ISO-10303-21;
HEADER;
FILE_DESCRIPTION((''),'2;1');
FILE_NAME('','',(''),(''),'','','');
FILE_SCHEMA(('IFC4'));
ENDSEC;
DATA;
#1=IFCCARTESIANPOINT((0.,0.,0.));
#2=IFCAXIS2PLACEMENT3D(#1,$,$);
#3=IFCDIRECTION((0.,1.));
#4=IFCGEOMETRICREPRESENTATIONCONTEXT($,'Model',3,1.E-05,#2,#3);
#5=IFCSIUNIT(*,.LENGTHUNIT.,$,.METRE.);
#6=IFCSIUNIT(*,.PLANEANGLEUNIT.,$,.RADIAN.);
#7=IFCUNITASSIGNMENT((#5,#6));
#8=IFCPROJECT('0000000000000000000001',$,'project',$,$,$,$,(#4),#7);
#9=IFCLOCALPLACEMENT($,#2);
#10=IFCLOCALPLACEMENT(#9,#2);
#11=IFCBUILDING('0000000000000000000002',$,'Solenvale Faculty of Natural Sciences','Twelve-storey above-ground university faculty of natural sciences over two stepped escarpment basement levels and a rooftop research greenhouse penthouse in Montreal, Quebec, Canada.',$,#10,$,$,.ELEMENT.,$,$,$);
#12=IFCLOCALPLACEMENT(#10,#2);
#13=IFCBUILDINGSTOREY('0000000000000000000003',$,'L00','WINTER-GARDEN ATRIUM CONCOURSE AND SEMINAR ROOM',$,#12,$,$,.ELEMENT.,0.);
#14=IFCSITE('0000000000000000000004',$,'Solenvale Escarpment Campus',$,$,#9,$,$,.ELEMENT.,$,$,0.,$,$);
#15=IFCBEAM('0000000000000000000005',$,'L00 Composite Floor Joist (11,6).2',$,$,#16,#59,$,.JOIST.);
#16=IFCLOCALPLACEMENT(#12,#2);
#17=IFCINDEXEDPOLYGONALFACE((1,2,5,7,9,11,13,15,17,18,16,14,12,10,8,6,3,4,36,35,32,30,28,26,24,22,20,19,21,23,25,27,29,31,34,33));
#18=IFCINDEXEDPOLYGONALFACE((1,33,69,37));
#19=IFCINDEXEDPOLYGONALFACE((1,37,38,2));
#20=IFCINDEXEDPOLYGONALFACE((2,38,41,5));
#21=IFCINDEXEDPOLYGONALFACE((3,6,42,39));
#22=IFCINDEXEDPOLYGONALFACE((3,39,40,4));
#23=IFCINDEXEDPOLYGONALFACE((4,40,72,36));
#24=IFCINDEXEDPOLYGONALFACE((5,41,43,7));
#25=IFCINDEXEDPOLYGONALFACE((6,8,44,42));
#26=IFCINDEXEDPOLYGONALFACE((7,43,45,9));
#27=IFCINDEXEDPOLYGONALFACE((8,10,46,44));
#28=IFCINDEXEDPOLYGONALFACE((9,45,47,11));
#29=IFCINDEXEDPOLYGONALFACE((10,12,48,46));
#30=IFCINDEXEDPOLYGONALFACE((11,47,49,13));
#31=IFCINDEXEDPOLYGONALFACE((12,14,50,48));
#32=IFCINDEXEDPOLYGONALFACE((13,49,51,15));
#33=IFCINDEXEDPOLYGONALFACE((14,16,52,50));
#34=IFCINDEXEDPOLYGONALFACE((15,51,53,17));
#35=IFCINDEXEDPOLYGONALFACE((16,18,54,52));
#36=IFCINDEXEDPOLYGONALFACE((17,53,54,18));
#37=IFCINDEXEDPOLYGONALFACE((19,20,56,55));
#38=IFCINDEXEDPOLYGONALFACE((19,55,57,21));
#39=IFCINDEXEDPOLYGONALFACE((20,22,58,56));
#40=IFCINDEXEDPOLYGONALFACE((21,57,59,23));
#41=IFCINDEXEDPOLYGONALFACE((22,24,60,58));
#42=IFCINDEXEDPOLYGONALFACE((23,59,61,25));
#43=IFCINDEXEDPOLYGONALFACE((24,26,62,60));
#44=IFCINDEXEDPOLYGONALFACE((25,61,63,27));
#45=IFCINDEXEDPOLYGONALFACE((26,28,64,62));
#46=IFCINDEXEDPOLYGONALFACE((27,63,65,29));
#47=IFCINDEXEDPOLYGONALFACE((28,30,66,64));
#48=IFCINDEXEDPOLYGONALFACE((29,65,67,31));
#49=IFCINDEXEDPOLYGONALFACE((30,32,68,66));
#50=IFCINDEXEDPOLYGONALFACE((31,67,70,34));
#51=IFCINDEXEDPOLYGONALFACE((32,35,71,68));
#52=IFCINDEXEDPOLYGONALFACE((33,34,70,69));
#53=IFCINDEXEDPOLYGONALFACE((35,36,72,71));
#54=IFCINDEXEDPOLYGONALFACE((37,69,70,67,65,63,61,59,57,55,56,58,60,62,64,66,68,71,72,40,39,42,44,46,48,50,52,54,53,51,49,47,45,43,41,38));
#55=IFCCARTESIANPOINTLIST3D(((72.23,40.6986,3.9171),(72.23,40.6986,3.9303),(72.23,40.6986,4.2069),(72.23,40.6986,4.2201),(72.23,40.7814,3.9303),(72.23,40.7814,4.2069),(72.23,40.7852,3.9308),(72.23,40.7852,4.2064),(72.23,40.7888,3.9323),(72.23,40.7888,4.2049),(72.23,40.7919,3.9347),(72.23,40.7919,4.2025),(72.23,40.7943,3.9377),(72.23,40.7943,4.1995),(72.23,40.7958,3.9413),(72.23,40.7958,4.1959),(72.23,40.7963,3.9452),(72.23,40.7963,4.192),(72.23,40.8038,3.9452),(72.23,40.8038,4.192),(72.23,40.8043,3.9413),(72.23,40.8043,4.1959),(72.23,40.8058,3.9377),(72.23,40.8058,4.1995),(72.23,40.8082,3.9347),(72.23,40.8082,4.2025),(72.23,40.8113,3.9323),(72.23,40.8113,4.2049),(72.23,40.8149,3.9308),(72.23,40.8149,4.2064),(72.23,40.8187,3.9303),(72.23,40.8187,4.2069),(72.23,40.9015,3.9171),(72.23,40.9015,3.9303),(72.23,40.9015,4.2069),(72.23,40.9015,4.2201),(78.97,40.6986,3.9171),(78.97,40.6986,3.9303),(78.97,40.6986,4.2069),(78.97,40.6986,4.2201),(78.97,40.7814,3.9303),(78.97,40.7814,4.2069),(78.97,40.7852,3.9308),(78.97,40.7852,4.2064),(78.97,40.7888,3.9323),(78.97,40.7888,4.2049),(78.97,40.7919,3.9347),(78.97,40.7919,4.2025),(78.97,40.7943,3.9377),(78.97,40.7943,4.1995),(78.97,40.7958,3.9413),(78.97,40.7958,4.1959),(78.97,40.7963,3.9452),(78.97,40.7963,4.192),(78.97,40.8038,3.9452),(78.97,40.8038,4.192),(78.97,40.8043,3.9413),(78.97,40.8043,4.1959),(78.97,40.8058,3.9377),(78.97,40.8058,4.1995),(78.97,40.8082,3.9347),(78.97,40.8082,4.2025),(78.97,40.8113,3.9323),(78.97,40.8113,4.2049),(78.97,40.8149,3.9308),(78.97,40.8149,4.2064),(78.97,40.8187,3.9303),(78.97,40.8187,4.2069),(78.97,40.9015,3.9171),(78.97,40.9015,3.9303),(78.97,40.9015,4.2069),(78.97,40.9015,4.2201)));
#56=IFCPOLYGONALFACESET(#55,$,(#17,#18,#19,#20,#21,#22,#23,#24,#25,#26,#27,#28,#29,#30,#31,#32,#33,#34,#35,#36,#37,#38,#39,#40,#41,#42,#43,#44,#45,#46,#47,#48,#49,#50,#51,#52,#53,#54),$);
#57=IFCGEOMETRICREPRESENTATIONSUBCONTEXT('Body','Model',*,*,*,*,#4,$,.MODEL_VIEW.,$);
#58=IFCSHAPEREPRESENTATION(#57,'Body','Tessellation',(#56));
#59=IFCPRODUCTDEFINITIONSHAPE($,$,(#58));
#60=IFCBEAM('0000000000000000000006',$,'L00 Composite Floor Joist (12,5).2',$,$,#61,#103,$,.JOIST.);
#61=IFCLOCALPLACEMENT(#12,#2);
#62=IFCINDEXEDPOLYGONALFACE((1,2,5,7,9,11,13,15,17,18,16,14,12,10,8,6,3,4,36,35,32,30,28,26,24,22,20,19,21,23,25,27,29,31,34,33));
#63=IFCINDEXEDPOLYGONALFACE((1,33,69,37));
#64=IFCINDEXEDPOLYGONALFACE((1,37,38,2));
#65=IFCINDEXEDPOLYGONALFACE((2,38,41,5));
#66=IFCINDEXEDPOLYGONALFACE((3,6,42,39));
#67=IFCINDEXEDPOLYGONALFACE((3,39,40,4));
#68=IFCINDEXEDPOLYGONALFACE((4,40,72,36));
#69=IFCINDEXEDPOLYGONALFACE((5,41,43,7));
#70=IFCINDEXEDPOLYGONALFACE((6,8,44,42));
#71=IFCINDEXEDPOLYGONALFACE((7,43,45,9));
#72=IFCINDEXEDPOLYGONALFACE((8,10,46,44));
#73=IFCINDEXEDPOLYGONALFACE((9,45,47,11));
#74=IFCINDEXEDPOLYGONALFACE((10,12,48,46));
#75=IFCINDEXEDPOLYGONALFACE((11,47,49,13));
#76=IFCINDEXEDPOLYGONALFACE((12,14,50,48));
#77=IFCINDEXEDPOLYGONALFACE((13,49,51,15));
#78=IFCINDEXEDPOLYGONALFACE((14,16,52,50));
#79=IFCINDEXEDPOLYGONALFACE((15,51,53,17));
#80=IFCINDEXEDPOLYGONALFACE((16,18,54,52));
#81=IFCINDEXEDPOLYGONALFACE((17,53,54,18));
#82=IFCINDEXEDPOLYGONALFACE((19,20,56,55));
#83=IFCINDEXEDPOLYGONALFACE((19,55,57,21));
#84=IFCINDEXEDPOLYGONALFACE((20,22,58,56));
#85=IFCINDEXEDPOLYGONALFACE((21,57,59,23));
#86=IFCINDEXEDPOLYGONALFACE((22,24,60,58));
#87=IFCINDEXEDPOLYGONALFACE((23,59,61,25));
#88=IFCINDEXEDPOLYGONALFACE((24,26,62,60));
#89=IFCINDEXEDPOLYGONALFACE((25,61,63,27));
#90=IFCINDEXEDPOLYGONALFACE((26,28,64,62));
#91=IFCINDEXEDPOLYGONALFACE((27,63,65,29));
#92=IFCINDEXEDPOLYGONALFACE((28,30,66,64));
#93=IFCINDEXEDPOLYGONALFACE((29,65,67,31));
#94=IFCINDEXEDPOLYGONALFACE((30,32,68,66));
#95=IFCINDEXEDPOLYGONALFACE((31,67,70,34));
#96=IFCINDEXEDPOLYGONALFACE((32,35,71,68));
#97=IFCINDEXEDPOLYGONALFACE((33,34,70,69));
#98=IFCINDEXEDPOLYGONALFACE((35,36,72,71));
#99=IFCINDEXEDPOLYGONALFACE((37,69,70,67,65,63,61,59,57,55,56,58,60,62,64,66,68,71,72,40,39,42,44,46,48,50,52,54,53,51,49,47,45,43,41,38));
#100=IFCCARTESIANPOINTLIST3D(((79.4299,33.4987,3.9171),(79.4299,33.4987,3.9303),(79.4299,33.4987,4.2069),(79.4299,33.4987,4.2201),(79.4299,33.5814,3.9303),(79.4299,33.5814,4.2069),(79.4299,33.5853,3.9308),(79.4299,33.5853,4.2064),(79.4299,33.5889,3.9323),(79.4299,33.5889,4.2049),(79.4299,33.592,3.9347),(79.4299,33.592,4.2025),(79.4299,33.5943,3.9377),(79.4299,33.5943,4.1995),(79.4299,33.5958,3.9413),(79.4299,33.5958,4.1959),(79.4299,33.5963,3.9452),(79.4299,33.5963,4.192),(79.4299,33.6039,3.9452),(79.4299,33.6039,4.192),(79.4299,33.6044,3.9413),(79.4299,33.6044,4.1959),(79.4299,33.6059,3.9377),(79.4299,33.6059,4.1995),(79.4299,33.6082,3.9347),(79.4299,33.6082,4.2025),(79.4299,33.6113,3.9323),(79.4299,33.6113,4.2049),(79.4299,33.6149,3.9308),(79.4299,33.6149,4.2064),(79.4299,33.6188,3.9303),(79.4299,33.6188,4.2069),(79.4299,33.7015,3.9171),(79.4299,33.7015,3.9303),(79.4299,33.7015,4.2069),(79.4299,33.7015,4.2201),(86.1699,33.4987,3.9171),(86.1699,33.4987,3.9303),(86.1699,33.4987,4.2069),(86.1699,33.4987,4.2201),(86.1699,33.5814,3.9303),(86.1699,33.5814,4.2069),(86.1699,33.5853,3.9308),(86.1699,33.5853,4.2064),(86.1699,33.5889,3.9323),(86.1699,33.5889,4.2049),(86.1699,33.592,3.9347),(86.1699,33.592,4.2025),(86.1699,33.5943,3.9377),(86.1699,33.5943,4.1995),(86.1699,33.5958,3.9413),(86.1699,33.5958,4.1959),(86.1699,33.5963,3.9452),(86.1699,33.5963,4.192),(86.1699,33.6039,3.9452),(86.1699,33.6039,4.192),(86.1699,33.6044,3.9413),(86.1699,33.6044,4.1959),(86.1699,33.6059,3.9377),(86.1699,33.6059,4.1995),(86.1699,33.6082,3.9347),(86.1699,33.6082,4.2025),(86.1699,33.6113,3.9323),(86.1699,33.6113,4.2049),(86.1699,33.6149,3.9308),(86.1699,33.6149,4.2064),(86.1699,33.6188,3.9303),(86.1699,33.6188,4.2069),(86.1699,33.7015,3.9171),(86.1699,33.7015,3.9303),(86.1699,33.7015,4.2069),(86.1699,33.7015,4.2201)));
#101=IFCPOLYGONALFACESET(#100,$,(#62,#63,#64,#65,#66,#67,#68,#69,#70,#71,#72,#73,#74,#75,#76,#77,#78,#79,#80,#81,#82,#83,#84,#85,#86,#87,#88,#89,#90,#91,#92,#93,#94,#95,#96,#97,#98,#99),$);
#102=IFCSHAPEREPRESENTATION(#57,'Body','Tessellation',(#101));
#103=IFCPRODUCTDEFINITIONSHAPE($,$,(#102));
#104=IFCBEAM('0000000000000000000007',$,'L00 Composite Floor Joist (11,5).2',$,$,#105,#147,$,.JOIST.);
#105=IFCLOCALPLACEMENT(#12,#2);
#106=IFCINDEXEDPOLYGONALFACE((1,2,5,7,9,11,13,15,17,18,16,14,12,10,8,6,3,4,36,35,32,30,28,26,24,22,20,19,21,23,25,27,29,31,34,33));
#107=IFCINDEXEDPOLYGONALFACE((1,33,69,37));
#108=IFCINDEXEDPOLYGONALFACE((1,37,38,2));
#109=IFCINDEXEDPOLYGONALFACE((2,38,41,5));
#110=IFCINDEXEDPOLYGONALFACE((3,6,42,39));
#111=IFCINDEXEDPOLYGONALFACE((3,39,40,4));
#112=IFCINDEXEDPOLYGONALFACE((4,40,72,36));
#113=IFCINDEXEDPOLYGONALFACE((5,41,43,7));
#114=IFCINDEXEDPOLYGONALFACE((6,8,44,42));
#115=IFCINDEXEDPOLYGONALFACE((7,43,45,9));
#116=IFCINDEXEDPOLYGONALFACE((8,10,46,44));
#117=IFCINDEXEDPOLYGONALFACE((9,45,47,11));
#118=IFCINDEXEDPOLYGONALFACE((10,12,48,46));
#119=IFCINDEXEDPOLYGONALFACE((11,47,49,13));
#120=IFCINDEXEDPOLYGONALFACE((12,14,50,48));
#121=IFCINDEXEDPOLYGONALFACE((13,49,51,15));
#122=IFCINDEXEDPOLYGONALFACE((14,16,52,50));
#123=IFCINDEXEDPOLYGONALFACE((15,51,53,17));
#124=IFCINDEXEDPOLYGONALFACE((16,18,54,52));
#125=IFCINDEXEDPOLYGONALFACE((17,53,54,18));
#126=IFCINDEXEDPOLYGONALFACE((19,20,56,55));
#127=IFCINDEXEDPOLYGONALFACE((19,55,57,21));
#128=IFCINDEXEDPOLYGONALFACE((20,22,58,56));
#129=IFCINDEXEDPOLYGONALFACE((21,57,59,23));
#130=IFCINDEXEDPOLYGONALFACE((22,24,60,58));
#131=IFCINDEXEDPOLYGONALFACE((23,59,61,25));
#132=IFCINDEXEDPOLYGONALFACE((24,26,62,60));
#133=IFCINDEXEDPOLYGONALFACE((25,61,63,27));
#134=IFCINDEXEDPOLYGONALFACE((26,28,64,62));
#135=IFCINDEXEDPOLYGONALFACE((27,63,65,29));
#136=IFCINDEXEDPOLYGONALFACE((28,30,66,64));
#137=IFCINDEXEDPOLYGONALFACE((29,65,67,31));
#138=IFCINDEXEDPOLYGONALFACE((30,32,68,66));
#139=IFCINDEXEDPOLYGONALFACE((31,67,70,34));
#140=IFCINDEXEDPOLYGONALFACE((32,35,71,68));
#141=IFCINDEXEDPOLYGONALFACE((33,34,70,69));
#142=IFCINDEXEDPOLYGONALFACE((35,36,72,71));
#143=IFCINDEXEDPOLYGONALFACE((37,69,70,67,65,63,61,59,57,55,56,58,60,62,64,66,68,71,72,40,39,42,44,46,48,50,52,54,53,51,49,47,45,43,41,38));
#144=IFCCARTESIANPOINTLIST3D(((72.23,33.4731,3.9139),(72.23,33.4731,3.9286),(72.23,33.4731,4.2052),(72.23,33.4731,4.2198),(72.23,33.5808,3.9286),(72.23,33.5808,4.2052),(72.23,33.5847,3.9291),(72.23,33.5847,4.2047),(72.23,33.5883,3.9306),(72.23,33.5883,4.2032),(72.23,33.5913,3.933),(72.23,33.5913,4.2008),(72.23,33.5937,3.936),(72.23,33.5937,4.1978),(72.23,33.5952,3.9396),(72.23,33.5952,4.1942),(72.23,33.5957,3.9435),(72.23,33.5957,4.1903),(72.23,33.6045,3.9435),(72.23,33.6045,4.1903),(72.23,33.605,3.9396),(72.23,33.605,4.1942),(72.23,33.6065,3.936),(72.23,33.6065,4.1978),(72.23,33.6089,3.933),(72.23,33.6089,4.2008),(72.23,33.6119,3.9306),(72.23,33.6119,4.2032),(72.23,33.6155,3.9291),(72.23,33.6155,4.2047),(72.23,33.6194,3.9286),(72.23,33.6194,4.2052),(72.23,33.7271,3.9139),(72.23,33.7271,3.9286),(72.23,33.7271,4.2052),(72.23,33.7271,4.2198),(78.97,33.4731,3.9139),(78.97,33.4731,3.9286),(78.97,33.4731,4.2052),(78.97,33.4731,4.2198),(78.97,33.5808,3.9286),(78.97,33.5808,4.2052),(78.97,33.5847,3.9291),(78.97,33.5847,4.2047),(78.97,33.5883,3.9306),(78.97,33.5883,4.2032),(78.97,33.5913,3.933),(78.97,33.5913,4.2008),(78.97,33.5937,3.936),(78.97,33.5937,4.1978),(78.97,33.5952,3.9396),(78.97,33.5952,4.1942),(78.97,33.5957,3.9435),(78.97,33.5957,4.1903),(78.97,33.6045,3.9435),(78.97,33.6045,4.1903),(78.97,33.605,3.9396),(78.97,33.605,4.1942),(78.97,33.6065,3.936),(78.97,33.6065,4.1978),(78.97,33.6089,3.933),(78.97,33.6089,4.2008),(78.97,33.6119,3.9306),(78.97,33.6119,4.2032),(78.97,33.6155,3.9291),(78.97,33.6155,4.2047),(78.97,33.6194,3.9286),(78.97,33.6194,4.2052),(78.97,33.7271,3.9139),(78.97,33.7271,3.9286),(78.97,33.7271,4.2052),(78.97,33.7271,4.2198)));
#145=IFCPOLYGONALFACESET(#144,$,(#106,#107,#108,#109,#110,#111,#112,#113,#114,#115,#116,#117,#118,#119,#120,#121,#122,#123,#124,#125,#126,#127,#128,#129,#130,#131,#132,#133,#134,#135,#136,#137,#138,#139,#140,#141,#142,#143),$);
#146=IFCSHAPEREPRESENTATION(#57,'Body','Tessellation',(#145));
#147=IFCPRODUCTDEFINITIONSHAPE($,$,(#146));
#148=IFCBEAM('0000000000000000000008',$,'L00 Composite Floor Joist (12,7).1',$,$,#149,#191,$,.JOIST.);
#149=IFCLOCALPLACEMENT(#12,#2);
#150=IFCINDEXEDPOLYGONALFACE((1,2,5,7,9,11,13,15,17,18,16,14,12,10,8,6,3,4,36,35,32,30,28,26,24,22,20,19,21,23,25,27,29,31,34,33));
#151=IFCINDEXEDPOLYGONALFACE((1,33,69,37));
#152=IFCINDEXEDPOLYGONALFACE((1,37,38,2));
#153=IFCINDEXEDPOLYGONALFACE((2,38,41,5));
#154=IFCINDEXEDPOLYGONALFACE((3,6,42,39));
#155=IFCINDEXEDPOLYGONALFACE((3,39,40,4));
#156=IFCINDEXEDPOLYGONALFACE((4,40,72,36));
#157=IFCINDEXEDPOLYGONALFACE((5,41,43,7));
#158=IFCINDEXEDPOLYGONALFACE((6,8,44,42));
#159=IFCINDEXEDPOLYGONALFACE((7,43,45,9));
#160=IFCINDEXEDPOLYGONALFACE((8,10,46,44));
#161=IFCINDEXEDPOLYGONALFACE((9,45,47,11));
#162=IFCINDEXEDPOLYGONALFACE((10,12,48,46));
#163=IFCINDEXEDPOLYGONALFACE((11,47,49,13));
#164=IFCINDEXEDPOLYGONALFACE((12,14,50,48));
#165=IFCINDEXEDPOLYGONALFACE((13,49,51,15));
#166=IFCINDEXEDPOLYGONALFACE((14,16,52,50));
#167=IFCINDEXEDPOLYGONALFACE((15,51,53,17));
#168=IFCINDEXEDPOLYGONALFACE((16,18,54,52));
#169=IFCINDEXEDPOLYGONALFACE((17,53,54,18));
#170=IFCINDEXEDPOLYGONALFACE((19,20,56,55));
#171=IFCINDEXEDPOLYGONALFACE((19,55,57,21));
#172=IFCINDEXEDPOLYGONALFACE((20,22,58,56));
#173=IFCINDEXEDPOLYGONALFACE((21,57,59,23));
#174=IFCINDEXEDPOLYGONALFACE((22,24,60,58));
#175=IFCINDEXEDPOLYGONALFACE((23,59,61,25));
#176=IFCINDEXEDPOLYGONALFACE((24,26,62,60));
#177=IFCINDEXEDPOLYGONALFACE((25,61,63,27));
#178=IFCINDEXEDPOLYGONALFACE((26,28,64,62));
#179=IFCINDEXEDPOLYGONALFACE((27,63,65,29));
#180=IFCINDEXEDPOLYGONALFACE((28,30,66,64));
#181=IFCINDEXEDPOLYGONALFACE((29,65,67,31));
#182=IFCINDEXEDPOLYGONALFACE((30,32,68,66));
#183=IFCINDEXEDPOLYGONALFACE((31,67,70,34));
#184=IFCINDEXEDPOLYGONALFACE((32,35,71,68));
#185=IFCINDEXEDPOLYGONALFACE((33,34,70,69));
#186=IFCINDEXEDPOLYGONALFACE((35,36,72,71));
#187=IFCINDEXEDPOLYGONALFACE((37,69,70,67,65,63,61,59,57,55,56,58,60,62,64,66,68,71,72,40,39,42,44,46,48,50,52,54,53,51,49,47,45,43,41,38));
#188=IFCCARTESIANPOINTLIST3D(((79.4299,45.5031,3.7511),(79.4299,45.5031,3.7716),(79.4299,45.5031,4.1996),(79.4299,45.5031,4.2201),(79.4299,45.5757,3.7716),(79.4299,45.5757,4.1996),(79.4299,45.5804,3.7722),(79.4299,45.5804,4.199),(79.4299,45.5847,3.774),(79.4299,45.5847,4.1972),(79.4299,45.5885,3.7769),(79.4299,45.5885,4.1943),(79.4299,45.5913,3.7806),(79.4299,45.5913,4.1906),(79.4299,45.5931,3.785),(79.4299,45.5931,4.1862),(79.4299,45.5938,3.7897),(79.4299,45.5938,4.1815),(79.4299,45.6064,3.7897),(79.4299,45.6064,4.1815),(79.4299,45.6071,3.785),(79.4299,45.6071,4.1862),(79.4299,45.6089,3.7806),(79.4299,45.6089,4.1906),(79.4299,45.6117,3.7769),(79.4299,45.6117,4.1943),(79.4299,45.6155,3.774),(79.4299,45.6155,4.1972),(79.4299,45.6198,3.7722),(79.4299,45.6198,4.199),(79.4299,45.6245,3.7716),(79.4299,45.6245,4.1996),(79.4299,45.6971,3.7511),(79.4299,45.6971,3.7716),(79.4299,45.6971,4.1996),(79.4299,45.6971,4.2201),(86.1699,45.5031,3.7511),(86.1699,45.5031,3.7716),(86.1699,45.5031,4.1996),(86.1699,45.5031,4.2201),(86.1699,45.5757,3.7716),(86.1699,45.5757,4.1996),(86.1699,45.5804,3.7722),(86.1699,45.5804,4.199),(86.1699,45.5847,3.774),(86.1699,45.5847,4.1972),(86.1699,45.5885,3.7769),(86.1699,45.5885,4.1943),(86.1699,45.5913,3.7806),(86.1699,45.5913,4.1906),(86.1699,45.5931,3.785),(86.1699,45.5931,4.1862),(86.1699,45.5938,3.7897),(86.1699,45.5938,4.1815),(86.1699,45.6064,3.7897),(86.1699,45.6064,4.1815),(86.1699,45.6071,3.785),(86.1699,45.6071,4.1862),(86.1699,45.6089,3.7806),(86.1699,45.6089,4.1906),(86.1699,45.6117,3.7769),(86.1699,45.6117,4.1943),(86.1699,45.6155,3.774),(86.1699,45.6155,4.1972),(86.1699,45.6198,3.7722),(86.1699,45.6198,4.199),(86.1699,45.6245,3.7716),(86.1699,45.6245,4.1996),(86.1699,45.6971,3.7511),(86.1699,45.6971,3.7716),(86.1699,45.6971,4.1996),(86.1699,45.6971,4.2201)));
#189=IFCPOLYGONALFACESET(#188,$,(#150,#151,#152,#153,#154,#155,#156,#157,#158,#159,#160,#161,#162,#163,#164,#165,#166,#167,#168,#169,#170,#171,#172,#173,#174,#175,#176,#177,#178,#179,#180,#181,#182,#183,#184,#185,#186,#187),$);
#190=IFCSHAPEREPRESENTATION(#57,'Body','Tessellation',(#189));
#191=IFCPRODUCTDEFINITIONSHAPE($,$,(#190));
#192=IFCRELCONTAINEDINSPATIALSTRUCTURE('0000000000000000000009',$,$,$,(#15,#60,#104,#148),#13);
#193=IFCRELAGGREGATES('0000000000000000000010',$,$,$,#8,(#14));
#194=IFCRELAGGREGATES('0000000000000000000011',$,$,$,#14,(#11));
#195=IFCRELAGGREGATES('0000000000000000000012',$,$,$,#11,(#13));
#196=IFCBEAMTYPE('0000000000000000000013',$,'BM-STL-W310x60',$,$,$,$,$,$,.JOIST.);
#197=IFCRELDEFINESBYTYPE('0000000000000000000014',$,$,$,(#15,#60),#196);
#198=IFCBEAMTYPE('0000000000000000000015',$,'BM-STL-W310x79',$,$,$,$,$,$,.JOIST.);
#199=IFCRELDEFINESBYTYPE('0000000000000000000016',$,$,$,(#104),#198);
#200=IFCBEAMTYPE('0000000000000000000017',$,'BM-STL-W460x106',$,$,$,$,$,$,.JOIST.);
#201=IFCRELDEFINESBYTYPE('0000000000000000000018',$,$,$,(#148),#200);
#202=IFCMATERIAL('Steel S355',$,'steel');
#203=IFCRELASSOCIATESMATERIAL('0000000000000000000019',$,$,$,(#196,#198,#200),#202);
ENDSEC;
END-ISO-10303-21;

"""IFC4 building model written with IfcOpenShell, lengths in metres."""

from ifc_helpers import new_model, si_unit, direction, frame, origin, origin_2d, place, context, subcontext, project, spatial, i_section, extrude, material, material_profile, profile_set, type_object, element, save


model = new_model("IFC4")

# Units and contexts
model_context = context("Model", 3, precision=1e-05, world=origin(), true_north=direction((0.0, 1.0)))
body_context = subcontext(model_context, "Body", "Model", "MODEL_VIEW")
ifc_project = project(units=[si_unit("LENGTHUNIT", "METRE"), si_unit("PLANEANGLEUNIT", "RADIAN")], contexts=[model_context])

# Site, building, storey
site_placement = place(None, origin())
site = spatial("IfcSite", under=ifc_project, at=site_placement, Name="Solenvale Escarpment Campus", CompositionType="ELEMENT", RefElevation=0.0)
building_placement = place(site_placement, origin())
building = spatial("IfcBuilding", under=site, at=building_placement, Name="Solenvale Faculty of Natural Sciences", Description="Twelve-storey above-ground university faculty of natural sciences over two stepped escarpment basement levels and a rooftop research greenhouse penthouse in Montreal, Quebec, Canada.", CompositionType="ELEMENT")
storey_placement = place(building_placement, origin())
storey = spatial("IfcBuildingStorey", under=building, at=storey_placement, Name="L00", Description="WINTER-GARDEN ATRIUM CONCOURSE AND SEMINAR ROOM", CompositionType="ELEMENT", Elevation=0.0)

# Beams
ifc_material_1 = material(Name="Steel S355", Category="steel")
ifc_material_profile_1 = material_profile(ifc_material_1, i_section(OverallWidth=0.2029, OverallDepth=0.303, WebThickness=0.0076, FlangeThickness=0.0132, FilletRadius=0.0149, at=origin_2d()), Name="W310x60")
ifc_profile_set_1 = profile_set([ifc_material_profile_1], Name="Steel S355")
beam_type_1 = type_object("IfcBeamType", Name="BM-STL-W310x60", PredefinedType="JOIST", material=ifc_profile_set_1)
for number, where, z_axis, x_axis, name in (
    (1, (72.23, 40.8, 4.0686), (1.0, 0.0, 0.0), (0.0, 1.0, 0.0), "L00 Composite Floor Joist (11,6).2"),
    (2, (79.4299, 33.6001, 4.0686), (1.0, 0.0, 0.0), (0.0, 1.0, 0.0), "L00 Composite Floor Joist (12,5).2"),
):
    element("IfcBeam", number, at=place(storey_placement, frame(where, z_axis=z_axis, x_axis=x_axis)), inside=storey, type_object=beam_type_1, Name=name, PredefinedType="JOIST", context=body_context, shape_type="SweptSolid", body=[
        extrude(i_section(OverallWidth=0.2029, OverallDepth=0.303, WebThickness=0.0076, FlangeThickness=0.0132, FilletRadius=0.0149, at=origin_2d()), origin(), (0.0, 0.0, 1.0), 6.74),
    ])
ifc_material_profile_2 = material_profile(ifc_material_1, i_section(OverallWidth=0.2539, OverallDepth=0.3059, WebThickness=0.0088, FlangeThickness=0.0146, FilletRadius=0.0149, at=origin_2d()), Name="W310x79")
ifc_profile_set_2 = profile_set([ifc_material_profile_2], Name="Steel S355")
beam_type_2 = type_object("IfcBeamType", Name="BM-STL-W310x79", PredefinedType="JOIST", material=ifc_profile_set_2)
beam_placement = place(storey_placement, frame((72.23, 33.6001, 4.0669), z_axis=(1.0, 0.0, 0.0), x_axis=(0.0, 1.0, 0.0)))
element("IfcBeam", 3, at=beam_placement, inside=storey, type_object=beam_type_2, Name="L00 Composite Floor Joist (11,5).2", PredefinedType="JOIST", context=body_context, shape_type="SweptSolid", body=[
    extrude(i_section(OverallWidth=0.2539, OverallDepth=0.3059, WebThickness=0.0088, FlangeThickness=0.0146, FilletRadius=0.0149, at=origin_2d()), origin(), (0.0, 0.0, 1.0), 6.74),
])
ifc_material_profile_3 = material_profile(ifc_material_1, i_section(OverallWidth=0.1941, OverallDepth=0.469, WebThickness=0.0127, FlangeThickness=0.0205, FilletRadius=0.0181, at=origin_2d()), Name="W460x106")
ifc_profile_set_3 = profile_set([ifc_material_profile_3], Name="Steel S355")
beam_type_3 = type_object("IfcBeamType", Name="BM-STL-W460x106", PredefinedType="JOIST", material=ifc_profile_set_3)
for number, where, z_axis, x_axis, name in (
    (4, (79.4299, 45.6001, 3.9856), (1.0, 0.0, 0.0), (0.0, 1.0, 0.0), "L00 Composite Floor Joist (12,7).1"),
):
    element("IfcBeam", number, at=place(storey_placement, frame(where, z_axis=z_axis, x_axis=x_axis)), inside=storey, type_object=beam_type_3, Name=name, PredefinedType="JOIST", context=body_context, shape_type="SweptSolid", body=[
        extrude(i_section(OverallWidth=0.1941, OverallDepth=0.469, WebThickness=0.0127, FlangeThickness=0.0205, FilletRadius=0.0181, at=origin_2d()), origin(), (0.0, 0.0, 1.0), 6.74),
    ])

save(model, "model.ifc")
